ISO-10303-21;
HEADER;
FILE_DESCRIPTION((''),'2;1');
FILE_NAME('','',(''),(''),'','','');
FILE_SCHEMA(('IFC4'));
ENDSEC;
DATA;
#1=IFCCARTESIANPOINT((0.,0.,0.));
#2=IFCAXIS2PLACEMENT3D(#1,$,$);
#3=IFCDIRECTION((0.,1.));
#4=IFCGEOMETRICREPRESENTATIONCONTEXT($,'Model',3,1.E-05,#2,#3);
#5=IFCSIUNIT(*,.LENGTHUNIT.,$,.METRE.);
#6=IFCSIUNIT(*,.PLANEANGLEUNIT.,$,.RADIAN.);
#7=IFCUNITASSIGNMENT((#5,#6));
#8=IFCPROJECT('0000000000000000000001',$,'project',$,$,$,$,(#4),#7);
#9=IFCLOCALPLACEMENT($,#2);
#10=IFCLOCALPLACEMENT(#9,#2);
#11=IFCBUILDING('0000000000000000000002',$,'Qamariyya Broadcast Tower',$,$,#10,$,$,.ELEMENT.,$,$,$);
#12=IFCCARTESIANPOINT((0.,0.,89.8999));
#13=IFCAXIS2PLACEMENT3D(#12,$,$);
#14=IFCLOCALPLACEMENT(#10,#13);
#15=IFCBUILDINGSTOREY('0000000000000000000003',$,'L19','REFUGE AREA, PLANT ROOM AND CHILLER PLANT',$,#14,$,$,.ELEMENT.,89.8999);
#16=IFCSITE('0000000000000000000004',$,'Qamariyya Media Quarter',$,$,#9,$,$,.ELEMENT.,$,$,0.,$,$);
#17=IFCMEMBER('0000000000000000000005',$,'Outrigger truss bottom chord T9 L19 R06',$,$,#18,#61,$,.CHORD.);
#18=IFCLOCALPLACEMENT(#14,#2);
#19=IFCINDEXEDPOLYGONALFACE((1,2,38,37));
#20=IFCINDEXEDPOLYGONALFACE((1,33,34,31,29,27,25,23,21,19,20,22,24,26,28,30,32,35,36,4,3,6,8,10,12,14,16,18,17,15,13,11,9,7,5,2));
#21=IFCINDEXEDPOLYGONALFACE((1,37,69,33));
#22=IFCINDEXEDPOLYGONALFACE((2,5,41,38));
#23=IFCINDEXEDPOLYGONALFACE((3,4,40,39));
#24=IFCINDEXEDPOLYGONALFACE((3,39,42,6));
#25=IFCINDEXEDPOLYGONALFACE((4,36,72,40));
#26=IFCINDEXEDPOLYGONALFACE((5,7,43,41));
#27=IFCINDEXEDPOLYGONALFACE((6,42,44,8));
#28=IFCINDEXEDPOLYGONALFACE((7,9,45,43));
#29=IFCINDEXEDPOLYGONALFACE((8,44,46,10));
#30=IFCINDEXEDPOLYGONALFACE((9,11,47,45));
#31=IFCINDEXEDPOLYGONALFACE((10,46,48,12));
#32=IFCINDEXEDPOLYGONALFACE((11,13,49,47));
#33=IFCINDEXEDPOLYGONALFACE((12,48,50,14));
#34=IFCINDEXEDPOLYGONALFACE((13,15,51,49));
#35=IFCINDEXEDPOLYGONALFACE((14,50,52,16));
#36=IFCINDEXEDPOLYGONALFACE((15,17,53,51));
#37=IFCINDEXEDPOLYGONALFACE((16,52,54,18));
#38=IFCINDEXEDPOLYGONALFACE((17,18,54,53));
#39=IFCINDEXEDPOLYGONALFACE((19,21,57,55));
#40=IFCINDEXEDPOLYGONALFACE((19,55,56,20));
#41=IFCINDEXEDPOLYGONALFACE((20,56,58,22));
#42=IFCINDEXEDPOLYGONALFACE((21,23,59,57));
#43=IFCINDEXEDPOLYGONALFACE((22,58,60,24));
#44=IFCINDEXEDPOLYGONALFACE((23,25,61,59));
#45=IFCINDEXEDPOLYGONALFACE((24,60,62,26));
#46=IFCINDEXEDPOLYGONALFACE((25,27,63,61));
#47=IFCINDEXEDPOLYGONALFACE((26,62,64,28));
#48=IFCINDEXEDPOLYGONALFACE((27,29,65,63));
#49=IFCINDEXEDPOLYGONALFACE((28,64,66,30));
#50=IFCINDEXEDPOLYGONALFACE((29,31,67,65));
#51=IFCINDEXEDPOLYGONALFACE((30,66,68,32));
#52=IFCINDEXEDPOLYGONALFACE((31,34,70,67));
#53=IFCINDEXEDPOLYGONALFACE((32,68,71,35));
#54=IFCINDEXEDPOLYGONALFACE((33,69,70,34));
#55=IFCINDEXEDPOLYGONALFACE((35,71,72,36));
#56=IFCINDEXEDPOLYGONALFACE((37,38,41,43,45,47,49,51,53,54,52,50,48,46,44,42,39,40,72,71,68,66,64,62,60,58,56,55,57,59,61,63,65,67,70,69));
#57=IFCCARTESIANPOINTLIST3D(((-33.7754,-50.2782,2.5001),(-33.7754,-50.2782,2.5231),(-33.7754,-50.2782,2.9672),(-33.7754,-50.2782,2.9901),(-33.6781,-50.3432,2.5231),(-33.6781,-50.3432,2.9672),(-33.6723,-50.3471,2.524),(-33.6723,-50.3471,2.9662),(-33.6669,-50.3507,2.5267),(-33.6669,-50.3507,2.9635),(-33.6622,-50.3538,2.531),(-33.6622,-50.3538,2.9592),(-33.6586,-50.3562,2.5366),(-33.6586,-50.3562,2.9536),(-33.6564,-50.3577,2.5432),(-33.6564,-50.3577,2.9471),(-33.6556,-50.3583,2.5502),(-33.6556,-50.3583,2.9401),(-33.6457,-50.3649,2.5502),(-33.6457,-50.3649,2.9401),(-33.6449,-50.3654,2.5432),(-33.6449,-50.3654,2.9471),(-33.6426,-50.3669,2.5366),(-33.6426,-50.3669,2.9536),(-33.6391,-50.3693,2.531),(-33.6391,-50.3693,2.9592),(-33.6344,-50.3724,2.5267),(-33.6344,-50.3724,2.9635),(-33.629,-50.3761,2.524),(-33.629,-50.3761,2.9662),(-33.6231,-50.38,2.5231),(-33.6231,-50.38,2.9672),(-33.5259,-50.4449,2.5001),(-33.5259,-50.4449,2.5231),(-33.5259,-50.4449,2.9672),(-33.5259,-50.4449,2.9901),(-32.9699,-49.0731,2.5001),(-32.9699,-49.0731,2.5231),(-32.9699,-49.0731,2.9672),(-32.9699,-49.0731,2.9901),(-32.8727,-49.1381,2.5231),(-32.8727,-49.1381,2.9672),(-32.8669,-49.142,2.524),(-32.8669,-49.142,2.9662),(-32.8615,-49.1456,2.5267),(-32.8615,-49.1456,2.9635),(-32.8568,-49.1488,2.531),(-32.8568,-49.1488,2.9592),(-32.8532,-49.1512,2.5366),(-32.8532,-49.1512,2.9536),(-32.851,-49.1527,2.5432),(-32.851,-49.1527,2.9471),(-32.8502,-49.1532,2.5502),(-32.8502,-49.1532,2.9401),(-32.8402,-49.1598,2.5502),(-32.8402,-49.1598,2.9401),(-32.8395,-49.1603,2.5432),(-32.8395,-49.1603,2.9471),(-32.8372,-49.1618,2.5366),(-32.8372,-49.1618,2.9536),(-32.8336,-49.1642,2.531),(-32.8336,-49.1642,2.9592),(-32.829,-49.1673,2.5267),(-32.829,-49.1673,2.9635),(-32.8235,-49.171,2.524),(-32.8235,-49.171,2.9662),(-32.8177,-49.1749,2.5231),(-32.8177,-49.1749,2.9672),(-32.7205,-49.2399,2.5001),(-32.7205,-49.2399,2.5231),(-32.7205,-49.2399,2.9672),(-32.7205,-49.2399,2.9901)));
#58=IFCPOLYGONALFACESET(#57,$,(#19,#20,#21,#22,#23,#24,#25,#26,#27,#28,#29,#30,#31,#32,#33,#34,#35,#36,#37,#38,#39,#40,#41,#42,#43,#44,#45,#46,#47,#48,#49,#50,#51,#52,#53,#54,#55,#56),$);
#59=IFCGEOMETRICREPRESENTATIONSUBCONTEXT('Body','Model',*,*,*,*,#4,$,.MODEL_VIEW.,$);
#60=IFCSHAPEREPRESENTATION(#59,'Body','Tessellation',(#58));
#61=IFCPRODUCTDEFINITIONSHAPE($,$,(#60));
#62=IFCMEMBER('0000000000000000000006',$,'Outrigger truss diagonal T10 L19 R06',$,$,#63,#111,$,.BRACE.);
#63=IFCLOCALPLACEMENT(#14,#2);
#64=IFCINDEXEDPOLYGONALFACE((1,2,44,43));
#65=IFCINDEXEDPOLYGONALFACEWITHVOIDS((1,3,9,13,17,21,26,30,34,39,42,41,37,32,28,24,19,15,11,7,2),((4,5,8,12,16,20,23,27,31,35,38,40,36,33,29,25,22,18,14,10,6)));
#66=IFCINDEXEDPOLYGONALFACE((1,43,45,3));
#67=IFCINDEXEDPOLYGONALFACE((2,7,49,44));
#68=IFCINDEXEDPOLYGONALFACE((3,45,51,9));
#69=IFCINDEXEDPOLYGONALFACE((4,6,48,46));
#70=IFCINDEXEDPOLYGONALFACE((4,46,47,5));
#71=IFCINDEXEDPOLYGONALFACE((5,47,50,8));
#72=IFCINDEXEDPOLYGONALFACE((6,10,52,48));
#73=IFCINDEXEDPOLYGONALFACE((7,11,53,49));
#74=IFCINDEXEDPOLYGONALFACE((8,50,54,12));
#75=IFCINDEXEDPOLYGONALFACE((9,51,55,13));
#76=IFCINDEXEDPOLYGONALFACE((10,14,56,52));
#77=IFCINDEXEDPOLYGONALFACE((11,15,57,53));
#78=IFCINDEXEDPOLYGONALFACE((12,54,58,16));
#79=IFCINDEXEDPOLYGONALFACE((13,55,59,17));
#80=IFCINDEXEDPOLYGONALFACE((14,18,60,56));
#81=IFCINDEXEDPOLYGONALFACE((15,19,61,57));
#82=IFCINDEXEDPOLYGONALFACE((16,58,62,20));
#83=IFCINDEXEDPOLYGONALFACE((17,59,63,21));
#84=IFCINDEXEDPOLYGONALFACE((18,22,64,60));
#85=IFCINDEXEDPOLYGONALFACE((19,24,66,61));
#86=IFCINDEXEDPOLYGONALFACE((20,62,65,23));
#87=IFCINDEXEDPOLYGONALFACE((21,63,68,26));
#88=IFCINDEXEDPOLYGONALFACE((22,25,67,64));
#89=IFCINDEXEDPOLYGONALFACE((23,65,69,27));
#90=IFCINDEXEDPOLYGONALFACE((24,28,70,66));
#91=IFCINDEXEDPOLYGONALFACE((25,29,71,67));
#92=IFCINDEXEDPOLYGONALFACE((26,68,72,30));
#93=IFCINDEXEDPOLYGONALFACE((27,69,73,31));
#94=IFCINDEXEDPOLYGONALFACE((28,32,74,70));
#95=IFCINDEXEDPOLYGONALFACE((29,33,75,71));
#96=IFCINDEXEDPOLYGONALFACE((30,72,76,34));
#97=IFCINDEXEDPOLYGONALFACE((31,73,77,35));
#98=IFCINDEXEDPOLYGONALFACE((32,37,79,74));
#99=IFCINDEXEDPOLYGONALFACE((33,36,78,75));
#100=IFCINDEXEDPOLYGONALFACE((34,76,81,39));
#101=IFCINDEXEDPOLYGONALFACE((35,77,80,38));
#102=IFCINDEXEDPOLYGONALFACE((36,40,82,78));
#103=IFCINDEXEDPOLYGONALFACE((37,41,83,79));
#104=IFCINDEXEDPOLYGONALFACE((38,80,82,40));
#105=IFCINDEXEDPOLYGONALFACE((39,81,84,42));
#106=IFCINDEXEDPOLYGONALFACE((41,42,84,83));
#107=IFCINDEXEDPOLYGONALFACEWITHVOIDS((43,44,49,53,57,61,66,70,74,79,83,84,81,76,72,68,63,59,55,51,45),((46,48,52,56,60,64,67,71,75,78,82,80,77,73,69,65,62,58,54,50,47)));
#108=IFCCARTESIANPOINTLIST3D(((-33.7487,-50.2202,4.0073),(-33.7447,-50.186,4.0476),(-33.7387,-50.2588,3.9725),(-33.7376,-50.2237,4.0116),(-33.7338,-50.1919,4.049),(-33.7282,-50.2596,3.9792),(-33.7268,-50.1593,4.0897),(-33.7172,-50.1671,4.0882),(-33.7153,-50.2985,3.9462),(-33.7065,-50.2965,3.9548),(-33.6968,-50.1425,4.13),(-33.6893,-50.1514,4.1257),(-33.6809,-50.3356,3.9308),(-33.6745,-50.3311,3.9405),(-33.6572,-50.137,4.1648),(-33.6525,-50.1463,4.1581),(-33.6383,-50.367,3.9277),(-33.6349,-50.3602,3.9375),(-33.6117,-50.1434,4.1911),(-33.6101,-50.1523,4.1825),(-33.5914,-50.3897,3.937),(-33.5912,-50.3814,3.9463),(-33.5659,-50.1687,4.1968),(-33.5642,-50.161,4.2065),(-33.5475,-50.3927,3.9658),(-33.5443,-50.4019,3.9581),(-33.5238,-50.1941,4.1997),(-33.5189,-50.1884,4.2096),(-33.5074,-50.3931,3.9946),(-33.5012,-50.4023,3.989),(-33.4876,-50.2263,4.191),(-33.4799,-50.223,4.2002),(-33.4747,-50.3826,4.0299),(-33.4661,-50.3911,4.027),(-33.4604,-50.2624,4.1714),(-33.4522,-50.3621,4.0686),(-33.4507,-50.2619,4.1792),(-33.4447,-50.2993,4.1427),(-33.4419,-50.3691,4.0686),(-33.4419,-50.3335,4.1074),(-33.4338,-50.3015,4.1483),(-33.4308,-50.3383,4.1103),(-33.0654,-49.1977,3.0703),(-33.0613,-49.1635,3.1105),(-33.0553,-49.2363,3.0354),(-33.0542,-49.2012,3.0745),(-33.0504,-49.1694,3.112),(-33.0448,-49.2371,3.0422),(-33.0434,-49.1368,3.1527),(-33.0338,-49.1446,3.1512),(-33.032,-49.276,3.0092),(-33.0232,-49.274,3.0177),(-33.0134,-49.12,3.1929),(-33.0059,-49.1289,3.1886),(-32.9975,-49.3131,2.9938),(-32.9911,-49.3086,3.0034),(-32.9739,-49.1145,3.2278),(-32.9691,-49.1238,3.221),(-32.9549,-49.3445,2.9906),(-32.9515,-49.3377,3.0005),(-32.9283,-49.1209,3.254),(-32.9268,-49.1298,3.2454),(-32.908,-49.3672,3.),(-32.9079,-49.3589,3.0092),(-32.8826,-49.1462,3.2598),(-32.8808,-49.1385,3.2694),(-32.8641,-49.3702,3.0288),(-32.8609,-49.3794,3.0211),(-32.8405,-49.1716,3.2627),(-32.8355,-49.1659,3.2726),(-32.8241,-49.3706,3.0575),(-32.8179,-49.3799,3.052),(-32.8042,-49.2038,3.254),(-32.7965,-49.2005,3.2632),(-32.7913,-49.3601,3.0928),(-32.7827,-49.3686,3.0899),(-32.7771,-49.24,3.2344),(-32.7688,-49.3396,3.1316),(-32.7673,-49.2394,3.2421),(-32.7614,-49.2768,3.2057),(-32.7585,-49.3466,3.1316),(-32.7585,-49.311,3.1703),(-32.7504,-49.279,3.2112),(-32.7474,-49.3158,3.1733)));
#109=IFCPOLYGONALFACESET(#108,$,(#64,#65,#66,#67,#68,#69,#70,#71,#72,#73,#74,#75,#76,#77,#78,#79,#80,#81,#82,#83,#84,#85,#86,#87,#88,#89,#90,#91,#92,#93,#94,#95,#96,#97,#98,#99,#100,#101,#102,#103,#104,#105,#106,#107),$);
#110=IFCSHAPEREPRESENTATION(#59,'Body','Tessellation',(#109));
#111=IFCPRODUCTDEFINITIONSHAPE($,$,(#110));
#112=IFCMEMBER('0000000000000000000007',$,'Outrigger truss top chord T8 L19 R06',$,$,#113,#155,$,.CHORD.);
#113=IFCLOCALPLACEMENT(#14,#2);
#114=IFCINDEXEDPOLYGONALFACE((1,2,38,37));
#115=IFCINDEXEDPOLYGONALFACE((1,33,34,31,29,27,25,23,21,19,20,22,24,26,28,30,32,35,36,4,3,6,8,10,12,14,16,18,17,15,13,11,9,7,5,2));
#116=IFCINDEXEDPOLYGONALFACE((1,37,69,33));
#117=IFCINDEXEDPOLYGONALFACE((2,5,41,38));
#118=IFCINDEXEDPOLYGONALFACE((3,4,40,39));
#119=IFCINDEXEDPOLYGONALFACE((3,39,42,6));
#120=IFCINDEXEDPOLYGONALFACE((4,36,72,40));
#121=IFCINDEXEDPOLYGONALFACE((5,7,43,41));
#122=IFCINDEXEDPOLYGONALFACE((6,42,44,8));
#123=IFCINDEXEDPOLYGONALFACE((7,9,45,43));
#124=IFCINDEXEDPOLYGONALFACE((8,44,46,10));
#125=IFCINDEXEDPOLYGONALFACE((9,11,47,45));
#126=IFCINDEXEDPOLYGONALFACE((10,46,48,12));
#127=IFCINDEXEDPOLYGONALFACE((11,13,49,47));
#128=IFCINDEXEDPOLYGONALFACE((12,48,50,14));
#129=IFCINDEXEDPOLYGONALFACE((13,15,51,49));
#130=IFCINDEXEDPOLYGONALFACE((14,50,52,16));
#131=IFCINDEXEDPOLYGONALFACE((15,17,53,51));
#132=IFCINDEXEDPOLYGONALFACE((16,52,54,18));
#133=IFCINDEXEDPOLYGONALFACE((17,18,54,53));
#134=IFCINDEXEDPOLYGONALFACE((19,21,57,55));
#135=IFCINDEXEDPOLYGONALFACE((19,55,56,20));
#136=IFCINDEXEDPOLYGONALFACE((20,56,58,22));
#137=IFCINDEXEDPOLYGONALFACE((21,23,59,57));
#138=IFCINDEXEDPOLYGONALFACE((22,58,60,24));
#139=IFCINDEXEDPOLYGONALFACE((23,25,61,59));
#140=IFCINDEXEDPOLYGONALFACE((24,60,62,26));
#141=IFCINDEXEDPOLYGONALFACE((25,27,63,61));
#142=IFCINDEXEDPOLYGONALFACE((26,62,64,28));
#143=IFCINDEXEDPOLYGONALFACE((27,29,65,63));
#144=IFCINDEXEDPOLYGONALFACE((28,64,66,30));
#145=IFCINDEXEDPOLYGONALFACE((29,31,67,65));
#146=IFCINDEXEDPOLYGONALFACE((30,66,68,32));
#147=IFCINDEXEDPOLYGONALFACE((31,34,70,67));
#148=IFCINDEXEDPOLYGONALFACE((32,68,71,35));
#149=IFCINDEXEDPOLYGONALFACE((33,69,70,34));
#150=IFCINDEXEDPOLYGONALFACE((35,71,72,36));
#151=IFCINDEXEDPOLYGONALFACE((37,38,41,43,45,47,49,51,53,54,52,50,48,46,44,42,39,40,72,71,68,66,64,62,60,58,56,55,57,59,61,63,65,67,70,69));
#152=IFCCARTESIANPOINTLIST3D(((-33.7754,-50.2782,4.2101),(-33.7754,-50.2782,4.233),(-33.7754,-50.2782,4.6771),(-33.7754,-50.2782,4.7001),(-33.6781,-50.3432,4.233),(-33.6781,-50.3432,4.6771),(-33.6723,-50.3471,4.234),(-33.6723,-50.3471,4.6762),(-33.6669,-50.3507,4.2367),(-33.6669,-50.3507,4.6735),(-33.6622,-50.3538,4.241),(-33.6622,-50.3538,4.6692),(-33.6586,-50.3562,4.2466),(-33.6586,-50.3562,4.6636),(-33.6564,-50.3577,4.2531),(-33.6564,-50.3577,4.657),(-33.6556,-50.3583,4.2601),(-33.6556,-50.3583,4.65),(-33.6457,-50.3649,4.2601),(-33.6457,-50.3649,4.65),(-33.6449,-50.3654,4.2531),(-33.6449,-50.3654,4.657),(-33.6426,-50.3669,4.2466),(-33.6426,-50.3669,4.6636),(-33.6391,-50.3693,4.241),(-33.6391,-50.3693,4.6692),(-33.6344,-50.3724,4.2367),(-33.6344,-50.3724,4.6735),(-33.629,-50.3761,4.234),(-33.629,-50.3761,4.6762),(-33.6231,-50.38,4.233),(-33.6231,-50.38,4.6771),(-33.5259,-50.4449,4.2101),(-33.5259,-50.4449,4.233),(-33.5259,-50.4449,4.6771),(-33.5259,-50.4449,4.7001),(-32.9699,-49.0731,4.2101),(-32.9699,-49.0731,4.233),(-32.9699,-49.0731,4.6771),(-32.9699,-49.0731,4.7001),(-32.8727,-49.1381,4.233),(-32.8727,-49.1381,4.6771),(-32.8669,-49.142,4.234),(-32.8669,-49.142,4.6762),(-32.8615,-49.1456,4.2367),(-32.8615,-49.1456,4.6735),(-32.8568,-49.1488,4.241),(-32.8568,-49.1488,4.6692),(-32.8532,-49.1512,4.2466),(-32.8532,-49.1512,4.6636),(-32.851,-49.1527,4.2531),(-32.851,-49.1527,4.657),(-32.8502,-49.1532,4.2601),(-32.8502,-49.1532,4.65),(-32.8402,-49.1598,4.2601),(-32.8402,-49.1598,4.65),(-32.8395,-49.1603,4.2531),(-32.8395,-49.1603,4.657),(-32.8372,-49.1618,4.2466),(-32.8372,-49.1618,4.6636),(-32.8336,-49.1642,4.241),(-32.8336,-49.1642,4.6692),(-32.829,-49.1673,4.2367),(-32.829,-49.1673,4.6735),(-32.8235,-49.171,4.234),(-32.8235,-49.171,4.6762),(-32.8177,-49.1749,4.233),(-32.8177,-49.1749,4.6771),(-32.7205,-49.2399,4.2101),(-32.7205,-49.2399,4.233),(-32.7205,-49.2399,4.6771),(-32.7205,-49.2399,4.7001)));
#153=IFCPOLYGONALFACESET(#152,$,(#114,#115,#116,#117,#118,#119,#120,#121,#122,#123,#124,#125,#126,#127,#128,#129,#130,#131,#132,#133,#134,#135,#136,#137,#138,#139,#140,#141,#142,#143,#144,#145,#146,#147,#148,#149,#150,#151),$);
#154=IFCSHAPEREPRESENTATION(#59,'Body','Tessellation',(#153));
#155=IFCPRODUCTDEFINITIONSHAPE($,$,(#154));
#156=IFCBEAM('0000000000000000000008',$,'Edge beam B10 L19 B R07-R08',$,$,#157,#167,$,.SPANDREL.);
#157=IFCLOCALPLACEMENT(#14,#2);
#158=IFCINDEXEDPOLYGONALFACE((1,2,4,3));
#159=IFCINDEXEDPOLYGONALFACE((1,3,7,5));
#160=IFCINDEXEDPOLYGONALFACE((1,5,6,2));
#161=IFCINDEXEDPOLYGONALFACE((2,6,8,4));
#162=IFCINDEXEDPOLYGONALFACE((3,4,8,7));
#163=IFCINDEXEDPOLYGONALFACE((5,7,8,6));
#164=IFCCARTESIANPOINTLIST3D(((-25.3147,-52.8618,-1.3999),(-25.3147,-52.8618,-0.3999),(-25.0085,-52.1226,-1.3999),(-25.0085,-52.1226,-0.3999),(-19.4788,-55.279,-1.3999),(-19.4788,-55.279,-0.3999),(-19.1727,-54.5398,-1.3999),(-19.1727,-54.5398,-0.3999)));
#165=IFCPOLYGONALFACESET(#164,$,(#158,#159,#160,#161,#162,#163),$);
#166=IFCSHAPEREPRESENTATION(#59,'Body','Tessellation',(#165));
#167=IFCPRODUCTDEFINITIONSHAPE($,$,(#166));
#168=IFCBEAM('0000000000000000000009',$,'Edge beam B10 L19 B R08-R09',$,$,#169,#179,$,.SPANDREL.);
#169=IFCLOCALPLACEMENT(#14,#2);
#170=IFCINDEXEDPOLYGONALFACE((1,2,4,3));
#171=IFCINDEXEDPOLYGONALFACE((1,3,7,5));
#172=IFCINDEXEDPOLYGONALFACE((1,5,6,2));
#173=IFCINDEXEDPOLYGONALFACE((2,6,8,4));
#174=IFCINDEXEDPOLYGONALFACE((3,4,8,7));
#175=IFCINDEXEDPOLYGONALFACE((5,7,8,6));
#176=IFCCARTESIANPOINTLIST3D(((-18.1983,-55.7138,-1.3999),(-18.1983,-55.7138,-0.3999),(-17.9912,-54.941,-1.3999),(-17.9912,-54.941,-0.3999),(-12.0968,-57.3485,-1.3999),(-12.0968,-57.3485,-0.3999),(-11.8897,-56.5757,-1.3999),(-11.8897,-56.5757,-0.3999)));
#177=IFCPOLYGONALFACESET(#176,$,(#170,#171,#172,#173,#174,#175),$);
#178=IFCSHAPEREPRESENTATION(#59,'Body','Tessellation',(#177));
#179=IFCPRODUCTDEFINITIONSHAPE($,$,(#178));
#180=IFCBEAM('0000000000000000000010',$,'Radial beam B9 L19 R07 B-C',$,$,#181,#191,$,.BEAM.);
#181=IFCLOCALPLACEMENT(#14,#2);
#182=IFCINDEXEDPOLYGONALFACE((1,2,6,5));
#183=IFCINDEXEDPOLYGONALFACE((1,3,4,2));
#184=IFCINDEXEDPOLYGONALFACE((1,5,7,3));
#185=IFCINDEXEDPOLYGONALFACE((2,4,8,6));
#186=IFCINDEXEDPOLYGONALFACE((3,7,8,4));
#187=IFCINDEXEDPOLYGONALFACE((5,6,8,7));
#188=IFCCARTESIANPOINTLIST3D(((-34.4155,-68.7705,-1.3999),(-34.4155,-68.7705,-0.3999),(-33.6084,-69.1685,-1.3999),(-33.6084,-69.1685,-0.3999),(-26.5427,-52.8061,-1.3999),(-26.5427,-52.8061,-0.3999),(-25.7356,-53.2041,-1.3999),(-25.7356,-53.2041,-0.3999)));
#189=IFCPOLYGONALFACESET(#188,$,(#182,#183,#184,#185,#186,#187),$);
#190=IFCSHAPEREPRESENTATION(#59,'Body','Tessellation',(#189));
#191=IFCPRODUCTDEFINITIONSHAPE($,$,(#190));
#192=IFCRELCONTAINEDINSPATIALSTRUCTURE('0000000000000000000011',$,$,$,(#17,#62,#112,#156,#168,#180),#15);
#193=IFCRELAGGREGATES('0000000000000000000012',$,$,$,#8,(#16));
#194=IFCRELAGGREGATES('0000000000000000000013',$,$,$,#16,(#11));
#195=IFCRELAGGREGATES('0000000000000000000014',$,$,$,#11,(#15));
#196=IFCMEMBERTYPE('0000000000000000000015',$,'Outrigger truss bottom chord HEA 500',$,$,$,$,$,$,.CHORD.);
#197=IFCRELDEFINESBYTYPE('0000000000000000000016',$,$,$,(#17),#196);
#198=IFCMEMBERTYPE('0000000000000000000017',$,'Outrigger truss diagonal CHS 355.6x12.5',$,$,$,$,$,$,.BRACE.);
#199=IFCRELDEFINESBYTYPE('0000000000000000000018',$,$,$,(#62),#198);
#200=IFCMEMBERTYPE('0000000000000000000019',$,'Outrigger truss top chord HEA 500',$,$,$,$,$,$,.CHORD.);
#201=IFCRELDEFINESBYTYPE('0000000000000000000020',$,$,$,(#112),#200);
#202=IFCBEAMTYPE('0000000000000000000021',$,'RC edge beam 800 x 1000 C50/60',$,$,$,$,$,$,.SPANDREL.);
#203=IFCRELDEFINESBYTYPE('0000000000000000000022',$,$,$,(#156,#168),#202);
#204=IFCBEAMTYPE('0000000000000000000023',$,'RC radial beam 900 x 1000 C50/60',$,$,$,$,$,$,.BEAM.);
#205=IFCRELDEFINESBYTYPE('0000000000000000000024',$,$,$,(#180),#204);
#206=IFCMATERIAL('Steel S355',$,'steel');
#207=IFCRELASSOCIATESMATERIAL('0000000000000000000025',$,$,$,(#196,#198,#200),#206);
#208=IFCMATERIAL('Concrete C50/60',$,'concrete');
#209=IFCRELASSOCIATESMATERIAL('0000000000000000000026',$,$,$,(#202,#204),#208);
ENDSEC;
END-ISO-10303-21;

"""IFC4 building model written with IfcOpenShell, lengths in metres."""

from ifc_helpers import new_model, si_unit, direction, frame, origin, origin_2d, place, context, subcontext, project, spatial, rectangle, hollow_circle, i_section, extrude, material, material_profile, profile_set, type_object, element, save


model = new_model("IFC4")

# Units and contexts
model_context = context("Model", 3, precision=1e-05, world=origin(), true_north=direction((0.0, 1.0)))
body_context = subcontext(model_context, "Body", "Model", "MODEL_VIEW")
ifc_project = project(units=[si_unit("LENGTHUNIT", "METRE"), si_unit("PLANEANGLEUNIT", "RADIAN")], contexts=[model_context])

# Site, building, storey
site_placement = place(None, origin())
site = spatial("IfcSite", under=ifc_project, at=site_placement, Name="Qamariyya Media Quarter", CompositionType="ELEMENT", RefElevation=0.0)
building_placement = place(site_placement, origin())
building = spatial("IfcBuilding", under=site, at=building_placement, Name="Qamariyya Broadcast Tower", CompositionType="ELEMENT")
storey_placement = place(building_placement, frame((0.0, 0.0, 89.8999)))
storey = spatial("IfcBuildingStorey", under=building, at=storey_placement, Name="L19", Description="REFUGE AREA, PLANT ROOM AND CHILLER PLANT", CompositionType="ELEMENT", Elevation=89.8999)

# Members
ifc_material_1 = material(Name="Steel S355", Category="steel")
ifc_material_profile_1 = material_profile(ifc_material_1, i_section(OverallWidth=0.3, OverallDepth=0.49, WebThickness=0.012, FlangeThickness=0.0229, FilletRadius=0.0271, at=origin_2d()))
ifc_profile_set_1 = profile_set([ifc_material_profile_1], Name="Steel S355")
member_type_1 = type_object("IfcMemberType", Name="Outrigger truss bottom chord HEA 500", PredefinedType="CHORD", material=ifc_profile_set_1)
member_1_placement = place(storey_placement, frame((-32.8452, -49.1565, 2.7451), z_axis=(-0.555672, -0.831402, 0.0), x_axis=(0.831402, -0.555672, 0.0)))
element("IfcMember", 1, at=member_1_placement, inside=storey, type_object=member_type_1, Name="Outrigger truss bottom chord T9 L19 R06", PredefinedType="CHORD", context=body_context, shape_type="SweptSolid", body=[
    extrude(i_section(OverallWidth=0.3, OverallDepth=0.49, WebThickness=0.012, FlangeThickness=0.0229, FilletRadius=0.0271, at=origin_2d()), origin(), (0.0, 0.0, 1.0), 1.4495),
])
ifc_material_profile_2 = material_profile(ifc_material_1, hollow_circle(Radius=0.1777, WallThickness=0.0125, at=origin_2d()))
ifc_profile_set_2 = profile_set([ifc_material_profile_2], Name="Steel S355")
member_type_2 = type_object("IfcMemberType", Name="Outrigger truss diagonal CHS 355.6x12.5", PredefinedType="BRACE", material=ifc_profile_set_2)
member_2_placement = place(storey_placement, frame((-32.9062, -49.2478, 3.1316), z_axis=(-0.441987, -0.661322, 0.606054), x_axis=(0.831408, -0.555662, 0.0)))
element("IfcMember", 2, at=member_2_placement, inside=storey, type_object=member_type_2, Name="Outrigger truss diagonal T10 L19 R06", PredefinedType="BRACE", context=body_context, shape_type="SweptSolid", body=[
    extrude(hollow_circle(Radius=0.1777, WallThickness=0.0125, at=origin_2d()), origin(), (0.0, 0.0, 1.0), 1.5461),
])
ifc_material_profile_3 = material_profile(ifc_material_1, i_section(OverallWidth=0.3, OverallDepth=0.49, WebThickness=0.012, FlangeThickness=0.0229, FilletRadius=0.0271, at=origin_2d()))
ifc_profile_set_3 = profile_set([ifc_material_profile_3], Name="Steel S355")
member_type_3 = type_object("IfcMemberType", Name="Outrigger truss top chord HEA 500", PredefinedType="CHORD", material=ifc_profile_set_3)
member_3_placement = place(storey_placement, frame((-32.8452, -49.1565, 4.4551), z_axis=(-0.555672, -0.831402, 0.0), x_axis=(0.831402, -0.555672, 0.0)))
element("IfcMember", 3, at=member_3_placement, inside=storey, type_object=member_type_3, Name="Outrigger truss top chord T8 L19 R06", PredefinedType="CHORD", context=body_context, shape_type="SweptSolid", body=[
    extrude(i_section(OverallWidth=0.3, OverallDepth=0.49, WebThickness=0.012, FlangeThickness=0.0229, FilletRadius=0.0271, at=origin_2d()), origin(), (0.0, 0.0, 1.0), 1.4495),
])

# Beams
ifc_material_2 = material(Name="Concrete C50/60", Category="concrete")
ifc_material_profile_4 = material_profile(ifc_material_2, rectangle(XDim=0.8, YDim=1.0, at=origin_2d()))
ifc_profile_set_4 = profile_set([ifc_material_profile_4], Name="Concrete C50/60")
beam_type_1 = type_object("IfcBeamType", Name="RC edge beam 800 x 1000 C50/60", PredefinedType="SPANDREL", material=ifc_profile_set_4)
for number, where, z_axis, x_axis, name in (
    (4, (-25.1616, -52.4922, -0.8999), (0.923884, -0.382672, 0.0), (0.382672, 0.923884, 0.0), "Edge beam B10 L19 B R07-R08"),
    (5, (-18.0947, -55.3274, -0.8999), (0.965931, -0.258798, 0.0), (0.258798, 0.965931, 0.0), "Edge beam B10 L19 B R08-R09"),
):
    element("IfcBeam", number, at=place(storey_placement, frame(where, z_axis=z_axis, x_axis=x_axis)), inside=storey, type_object=beam_type_1, Name=name, PredefinedType="SPANDREL", context=body_context, shape_type="SweptSolid", body=[
        extrude(rectangle(XDim=0.8, YDim=1.0, at=origin_2d()), origin(), (0.0, 0.0, 1.0), 6.3167),
    ])
ifc_material_profile_5 = material_profile(ifc_material_2, rectangle(XDim=0.8999, YDim=1.0, at=origin_2d()))
ifc_profile_set_5 = profile_set([ifc_material_profile_5], Name="Concrete C50/60")
beam_type_2 = type_object("IfcBeamType", Name="RC radial beam 900 x 1000 C50/60", PredefinedType="BEAM", material=ifc_profile_set_5)
beam_placement = place(storey_placement, frame((-26.1392, -53.0051, -0.8999), z_axis=(-0.442291, -0.896872, 0.0), x_axis=(0.896872, -0.442291, 0.0)))
element("IfcBeam", 6, at=beam_placement, inside=storey, type_object=beam_type_2, Name="Radial beam B9 L19 R07 B-C", PredefinedType="BEAM", context=body_context, shape_type="SweptSolid", body=[
    extrude(rectangle(XDim=0.8999, YDim=1.0, at=origin_2d()), origin(), (0.0, 0.0, 1.0), 17.8),
])

save(model, "model.ifc")
